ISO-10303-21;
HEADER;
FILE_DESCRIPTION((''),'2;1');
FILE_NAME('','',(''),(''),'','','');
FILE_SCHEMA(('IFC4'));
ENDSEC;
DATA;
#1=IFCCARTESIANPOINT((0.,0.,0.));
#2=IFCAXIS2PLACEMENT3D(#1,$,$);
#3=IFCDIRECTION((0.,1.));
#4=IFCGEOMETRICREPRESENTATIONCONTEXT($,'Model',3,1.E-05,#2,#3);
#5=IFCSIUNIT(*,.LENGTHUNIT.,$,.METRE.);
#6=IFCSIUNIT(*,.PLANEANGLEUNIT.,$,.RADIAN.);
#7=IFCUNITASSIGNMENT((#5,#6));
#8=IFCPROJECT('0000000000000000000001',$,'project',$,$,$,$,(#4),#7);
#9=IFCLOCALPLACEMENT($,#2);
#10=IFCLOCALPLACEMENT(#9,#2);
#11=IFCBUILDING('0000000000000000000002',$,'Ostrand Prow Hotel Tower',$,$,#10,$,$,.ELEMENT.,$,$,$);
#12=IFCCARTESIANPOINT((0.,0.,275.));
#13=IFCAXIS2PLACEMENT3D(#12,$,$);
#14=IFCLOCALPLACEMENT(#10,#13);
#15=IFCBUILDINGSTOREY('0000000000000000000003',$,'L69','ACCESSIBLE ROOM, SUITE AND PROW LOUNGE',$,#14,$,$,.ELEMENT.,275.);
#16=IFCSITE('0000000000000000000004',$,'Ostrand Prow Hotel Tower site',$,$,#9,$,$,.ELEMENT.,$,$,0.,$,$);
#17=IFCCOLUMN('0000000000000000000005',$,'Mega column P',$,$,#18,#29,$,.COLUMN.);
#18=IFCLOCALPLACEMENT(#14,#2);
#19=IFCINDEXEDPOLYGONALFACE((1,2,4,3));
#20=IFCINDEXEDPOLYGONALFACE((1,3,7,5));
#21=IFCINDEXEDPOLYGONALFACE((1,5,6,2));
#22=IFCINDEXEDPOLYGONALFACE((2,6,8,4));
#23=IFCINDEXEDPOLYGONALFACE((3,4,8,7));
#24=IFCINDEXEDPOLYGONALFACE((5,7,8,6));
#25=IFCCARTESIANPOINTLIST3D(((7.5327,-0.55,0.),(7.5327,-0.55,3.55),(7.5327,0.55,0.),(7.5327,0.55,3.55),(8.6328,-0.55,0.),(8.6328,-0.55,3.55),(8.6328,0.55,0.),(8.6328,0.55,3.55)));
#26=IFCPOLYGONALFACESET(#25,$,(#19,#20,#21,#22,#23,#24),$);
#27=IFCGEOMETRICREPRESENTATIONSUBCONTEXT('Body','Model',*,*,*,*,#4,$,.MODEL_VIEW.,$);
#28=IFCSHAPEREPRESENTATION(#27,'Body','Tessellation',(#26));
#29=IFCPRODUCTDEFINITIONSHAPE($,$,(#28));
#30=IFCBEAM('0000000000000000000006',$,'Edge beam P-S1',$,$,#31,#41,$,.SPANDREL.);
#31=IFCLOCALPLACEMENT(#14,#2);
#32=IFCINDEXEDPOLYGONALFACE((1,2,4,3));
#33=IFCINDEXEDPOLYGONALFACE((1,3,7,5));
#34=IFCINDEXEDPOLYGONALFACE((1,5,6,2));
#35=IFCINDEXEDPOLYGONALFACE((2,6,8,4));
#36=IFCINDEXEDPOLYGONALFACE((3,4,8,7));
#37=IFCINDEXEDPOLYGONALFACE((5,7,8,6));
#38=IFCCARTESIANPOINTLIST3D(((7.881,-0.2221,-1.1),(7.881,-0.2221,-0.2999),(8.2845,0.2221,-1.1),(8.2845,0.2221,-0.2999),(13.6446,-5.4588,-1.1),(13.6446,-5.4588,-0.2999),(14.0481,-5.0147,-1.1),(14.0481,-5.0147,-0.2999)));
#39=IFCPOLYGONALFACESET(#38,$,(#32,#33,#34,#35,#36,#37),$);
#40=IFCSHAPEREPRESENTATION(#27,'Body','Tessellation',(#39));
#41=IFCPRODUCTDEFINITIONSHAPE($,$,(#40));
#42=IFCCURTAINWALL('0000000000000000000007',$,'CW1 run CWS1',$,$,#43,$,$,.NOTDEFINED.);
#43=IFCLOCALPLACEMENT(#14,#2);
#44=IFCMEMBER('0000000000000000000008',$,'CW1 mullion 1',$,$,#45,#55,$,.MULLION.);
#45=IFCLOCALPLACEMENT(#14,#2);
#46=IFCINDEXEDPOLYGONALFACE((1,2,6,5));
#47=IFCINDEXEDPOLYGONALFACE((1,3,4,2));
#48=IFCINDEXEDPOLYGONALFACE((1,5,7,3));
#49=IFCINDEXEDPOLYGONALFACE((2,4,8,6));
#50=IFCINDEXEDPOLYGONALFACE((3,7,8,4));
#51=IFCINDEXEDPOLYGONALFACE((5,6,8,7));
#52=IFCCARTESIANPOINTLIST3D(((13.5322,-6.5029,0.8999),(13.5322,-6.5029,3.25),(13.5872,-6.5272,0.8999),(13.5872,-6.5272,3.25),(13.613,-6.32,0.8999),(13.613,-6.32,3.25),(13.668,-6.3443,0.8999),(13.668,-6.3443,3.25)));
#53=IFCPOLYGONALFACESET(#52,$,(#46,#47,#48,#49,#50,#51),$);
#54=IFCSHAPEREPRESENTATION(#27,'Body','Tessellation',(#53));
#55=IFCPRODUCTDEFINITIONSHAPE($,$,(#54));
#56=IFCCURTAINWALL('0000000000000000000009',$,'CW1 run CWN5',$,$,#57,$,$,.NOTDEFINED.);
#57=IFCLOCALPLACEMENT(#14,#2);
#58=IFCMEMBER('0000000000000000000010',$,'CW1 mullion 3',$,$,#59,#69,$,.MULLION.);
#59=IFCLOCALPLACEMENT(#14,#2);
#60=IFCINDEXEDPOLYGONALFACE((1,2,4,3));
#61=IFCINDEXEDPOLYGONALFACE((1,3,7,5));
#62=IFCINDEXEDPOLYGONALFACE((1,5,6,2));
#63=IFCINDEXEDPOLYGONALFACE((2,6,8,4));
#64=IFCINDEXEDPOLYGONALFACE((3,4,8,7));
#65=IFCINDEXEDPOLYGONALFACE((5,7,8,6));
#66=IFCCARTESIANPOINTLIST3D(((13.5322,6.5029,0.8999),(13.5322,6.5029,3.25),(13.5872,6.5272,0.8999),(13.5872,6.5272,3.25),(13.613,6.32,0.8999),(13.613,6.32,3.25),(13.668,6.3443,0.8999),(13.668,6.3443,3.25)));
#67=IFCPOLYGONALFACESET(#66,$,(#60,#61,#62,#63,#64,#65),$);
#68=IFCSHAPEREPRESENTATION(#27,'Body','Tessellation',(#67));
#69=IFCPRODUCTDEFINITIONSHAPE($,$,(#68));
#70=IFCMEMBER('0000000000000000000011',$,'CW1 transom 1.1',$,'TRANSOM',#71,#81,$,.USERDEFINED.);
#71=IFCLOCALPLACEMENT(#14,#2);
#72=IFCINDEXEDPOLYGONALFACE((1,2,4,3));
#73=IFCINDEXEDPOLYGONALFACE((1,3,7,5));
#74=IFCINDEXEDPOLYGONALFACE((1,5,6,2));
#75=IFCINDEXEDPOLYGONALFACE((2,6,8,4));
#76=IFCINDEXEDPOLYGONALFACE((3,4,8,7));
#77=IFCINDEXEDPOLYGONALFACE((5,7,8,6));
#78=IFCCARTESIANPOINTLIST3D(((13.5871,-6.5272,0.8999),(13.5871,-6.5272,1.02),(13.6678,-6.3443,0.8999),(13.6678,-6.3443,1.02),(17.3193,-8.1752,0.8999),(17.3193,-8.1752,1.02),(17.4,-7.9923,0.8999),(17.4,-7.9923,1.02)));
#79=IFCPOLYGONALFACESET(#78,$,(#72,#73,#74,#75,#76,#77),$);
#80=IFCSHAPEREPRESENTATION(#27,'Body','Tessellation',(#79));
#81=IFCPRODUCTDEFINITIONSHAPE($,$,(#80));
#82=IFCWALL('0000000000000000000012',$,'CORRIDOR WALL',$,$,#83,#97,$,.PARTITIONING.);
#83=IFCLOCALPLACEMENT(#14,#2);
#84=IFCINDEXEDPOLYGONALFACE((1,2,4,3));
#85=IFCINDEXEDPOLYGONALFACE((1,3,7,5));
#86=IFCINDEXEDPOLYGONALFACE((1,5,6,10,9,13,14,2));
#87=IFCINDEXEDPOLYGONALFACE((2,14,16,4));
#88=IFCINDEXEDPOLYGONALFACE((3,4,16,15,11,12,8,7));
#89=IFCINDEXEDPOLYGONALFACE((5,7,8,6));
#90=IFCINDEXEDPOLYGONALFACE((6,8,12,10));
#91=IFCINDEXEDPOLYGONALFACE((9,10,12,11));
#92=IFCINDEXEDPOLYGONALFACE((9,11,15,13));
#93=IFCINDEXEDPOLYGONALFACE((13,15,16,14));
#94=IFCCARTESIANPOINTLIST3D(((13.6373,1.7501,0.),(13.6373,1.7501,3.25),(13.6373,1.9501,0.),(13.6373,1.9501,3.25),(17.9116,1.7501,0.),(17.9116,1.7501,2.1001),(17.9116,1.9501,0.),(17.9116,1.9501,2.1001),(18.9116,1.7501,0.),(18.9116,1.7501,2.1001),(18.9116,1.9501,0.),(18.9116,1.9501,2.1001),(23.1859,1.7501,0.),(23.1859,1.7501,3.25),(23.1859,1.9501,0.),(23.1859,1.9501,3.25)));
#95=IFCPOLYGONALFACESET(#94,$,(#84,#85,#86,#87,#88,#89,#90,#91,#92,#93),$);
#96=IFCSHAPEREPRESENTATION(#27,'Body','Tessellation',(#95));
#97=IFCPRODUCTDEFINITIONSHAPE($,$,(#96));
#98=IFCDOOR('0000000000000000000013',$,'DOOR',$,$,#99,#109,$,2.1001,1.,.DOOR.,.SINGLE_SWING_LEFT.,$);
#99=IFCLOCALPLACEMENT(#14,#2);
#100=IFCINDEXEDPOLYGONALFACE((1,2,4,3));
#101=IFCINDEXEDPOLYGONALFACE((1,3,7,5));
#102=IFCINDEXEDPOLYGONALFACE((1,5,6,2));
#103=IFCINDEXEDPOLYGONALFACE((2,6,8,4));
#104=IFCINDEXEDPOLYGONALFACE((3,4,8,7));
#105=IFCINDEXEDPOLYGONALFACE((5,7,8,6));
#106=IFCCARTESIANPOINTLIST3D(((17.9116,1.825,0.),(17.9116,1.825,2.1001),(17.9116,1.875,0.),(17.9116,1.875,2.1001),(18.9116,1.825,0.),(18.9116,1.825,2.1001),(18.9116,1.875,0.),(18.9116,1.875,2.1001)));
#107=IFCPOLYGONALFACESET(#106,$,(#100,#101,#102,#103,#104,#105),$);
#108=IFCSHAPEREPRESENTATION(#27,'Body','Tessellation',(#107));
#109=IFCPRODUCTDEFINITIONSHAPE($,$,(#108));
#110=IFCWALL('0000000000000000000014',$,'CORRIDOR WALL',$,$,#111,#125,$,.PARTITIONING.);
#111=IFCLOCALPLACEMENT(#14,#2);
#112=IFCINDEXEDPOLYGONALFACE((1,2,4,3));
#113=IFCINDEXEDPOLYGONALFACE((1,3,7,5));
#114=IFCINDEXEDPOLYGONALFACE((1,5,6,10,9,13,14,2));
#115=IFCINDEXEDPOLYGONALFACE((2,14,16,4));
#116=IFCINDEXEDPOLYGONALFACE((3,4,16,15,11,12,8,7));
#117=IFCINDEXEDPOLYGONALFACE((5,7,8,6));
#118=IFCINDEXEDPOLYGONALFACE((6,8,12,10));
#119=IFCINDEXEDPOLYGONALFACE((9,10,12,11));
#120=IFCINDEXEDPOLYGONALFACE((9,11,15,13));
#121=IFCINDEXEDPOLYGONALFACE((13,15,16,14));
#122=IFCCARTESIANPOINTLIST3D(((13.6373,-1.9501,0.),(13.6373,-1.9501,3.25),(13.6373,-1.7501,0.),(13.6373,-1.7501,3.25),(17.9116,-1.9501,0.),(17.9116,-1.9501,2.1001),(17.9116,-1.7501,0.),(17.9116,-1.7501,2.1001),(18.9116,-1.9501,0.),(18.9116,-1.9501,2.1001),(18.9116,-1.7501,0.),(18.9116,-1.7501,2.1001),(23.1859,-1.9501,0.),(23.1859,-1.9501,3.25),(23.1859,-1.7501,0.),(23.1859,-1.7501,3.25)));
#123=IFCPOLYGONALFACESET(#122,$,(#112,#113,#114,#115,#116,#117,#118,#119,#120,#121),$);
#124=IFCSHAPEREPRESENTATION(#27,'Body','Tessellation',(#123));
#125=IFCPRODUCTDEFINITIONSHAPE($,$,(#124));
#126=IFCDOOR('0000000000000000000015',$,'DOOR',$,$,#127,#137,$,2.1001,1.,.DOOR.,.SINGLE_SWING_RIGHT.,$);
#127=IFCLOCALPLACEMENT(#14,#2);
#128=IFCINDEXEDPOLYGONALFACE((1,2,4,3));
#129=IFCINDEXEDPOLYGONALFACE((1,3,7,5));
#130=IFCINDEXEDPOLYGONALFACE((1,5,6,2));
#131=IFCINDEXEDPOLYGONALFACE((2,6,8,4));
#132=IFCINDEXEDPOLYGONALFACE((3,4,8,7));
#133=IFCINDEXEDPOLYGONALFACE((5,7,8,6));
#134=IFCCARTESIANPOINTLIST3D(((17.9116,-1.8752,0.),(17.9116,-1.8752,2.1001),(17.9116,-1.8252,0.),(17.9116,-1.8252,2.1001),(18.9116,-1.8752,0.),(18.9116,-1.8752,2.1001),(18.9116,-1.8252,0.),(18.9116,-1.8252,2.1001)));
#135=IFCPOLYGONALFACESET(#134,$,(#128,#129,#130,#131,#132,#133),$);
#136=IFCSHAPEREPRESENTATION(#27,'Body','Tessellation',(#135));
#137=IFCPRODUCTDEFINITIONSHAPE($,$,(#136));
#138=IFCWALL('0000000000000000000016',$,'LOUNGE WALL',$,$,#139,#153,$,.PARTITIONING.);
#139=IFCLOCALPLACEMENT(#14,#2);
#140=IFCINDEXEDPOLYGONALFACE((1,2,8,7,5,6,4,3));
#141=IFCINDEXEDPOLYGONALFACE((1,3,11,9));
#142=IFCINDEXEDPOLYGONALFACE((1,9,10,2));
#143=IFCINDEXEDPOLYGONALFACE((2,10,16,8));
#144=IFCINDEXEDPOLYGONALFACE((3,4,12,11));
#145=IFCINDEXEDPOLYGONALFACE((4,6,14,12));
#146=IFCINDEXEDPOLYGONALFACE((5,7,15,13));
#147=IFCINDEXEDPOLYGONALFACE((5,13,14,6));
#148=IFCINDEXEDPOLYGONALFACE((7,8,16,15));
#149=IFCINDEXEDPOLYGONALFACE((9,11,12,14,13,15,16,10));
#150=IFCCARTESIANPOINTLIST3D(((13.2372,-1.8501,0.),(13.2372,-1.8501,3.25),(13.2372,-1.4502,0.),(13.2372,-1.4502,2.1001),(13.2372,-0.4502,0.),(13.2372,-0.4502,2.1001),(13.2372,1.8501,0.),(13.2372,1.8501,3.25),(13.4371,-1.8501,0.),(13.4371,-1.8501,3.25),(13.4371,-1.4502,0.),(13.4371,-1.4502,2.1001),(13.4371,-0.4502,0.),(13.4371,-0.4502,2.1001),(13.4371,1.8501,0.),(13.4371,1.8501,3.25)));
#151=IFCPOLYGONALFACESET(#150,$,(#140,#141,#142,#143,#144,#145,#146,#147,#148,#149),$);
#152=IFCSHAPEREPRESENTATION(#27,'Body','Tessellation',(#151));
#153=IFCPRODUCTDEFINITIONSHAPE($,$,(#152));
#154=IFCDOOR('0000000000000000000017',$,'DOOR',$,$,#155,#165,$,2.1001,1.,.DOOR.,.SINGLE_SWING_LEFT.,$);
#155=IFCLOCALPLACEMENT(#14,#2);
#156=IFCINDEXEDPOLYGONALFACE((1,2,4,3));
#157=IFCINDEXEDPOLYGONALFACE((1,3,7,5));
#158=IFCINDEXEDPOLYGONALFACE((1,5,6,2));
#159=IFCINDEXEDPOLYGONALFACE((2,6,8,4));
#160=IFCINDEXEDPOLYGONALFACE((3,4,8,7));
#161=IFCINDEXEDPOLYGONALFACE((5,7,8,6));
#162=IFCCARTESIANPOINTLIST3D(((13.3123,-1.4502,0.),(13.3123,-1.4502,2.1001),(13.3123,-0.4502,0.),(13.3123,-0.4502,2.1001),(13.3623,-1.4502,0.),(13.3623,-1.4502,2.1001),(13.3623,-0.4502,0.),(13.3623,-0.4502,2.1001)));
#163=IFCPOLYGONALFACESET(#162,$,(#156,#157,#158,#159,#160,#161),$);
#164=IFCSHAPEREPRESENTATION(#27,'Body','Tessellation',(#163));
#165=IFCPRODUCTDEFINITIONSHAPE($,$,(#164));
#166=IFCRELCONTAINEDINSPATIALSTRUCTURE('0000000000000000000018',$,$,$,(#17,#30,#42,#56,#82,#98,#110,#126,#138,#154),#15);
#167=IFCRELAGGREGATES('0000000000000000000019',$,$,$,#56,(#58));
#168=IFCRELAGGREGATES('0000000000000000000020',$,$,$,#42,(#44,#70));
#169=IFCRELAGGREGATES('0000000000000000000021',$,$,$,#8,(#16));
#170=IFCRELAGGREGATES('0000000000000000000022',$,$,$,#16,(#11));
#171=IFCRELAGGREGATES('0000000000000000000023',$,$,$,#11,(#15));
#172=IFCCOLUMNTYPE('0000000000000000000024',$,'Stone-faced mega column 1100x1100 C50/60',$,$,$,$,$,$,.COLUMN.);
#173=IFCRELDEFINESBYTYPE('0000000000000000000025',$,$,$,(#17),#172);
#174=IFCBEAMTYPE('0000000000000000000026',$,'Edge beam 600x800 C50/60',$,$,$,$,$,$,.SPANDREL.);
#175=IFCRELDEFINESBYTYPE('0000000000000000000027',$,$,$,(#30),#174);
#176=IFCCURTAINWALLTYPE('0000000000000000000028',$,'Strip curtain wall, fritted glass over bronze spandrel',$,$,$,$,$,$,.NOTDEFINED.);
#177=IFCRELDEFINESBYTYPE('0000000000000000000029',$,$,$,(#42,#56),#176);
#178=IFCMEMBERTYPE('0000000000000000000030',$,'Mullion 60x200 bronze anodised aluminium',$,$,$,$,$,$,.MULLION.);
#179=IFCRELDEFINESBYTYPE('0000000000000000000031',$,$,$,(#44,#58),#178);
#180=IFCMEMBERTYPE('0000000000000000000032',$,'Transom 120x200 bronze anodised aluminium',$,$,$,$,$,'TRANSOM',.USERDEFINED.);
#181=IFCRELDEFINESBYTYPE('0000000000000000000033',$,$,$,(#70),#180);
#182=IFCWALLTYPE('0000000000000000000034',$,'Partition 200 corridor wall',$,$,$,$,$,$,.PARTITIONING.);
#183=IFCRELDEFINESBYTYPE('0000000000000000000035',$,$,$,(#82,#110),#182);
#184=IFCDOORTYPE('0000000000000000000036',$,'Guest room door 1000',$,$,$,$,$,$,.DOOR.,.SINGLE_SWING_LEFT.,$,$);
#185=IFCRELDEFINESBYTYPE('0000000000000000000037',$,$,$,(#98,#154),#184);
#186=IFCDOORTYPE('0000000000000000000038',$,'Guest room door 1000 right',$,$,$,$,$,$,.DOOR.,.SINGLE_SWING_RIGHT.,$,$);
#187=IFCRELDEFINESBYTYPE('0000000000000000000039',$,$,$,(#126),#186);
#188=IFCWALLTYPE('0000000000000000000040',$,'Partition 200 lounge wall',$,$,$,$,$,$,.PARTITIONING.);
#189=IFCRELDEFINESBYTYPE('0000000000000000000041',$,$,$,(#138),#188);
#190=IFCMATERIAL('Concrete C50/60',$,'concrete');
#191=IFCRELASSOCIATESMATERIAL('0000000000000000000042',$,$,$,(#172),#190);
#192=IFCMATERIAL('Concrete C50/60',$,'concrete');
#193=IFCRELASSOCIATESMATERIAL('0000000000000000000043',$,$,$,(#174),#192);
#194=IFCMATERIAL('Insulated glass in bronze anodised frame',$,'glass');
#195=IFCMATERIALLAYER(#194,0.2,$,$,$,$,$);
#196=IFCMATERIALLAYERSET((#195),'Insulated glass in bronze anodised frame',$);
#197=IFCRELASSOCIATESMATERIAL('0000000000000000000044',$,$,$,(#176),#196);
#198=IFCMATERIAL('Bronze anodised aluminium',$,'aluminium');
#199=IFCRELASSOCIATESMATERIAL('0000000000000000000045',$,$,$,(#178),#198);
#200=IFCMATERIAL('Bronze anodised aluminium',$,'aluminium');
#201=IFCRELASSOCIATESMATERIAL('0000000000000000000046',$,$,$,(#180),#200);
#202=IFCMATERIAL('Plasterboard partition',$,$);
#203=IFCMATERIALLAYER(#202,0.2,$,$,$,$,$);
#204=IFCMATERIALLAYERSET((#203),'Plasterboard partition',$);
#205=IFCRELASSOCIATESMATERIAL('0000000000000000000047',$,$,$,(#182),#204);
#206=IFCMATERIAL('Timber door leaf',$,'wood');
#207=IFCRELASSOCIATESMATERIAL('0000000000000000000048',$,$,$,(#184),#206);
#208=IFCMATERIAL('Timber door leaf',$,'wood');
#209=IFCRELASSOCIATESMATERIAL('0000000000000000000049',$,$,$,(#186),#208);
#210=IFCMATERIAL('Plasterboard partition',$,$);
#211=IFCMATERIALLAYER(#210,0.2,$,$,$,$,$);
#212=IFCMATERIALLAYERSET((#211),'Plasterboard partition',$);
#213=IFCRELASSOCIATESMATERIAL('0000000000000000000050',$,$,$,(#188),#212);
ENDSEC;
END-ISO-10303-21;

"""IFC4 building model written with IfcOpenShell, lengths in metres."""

from ifc_helpers import new_model, si_unit, direction, frame, frame_2d, origin, origin_2d, place, context, subcontext, project, spatial, rectangle, extrude, material, layer, layer_set, material_profile, profile_set, type_object, element, fill, aggregate, save


model = new_model("IFC4")

# Units and contexts
model_context = context("Model", 3, precision=1e-05, world=origin(), true_north=direction((0.0, 1.0)))
body_context = subcontext(model_context, "Body", "Model", "MODEL_VIEW")
ifc_project = project(units=[si_unit("LENGTHUNIT", "METRE"), si_unit("PLANEANGLEUNIT", "RADIAN")], contexts=[model_context])

# Site, building, storey
site_placement = place(None, origin())
site = spatial("IfcSite", under=ifc_project, at=site_placement, Name="Ostrand Prow Hotel Tower site", CompositionType="ELEMENT", RefElevation=0.0)
building_placement = place(site_placement, origin())
building = spatial("IfcBuilding", under=site, at=building_placement, Name="Ostrand Prow Hotel Tower", CompositionType="ELEMENT")
storey_placement = place(building_placement, frame((0.0, 0.0, 275.0)))
storey = spatial("IfcBuildingStorey", under=building, at=storey_placement, Name="L69", Description="ACCESSIBLE ROOM, SUITE AND PROW LOUNGE", CompositionType="ELEMENT", Elevation=275.0)

# Column
ifc_material_1 = material(Name="Concrete C50/60", Category="concrete")
ifc_material_profile_1 = material_profile(ifc_material_1, rectangle(XDim=1.1001, YDim=1.1001, at=origin_2d()), Name="RC 1100x1100")
ifc_profile_set_1 = profile_set([ifc_material_profile_1], Name="Concrete C50/60")
column_type = type_object("IfcColumnType", Name="Stone-faced mega column 1100x1100 C50/60", PredefinedType="COLUMN", material=ifc_profile_set_1)
column_placement = place(storey_placement, frame((8.0828, 0.0, 0.0), z_axis=(0.0, 0.0, 1.0), x_axis=(1.0, 0.0, 0.0)))
element("IfcColumn", 1, at=column_placement, inside=storey, type_object=column_type, Name="Mega column P", PredefinedType="COLUMN", context=body_context, shape_type="SweptSolid", body=[
    extrude(rectangle(XDim=1.1001, YDim=1.1001, at=origin_2d()), origin(), (0.0, 0.0, 1.0), 3.55),
])

# Beam
ifc_material_2 = material(Name="Concrete C50/60", Category="concrete")
ifc_material_profile_2 = material_profile(ifc_material_2, rectangle(XDim=0.6001, YDim=0.8, at=origin_2d()), Name="RC 600x800")
ifc_profile_set_2 = profile_set([ifc_material_profile_2], Name="Concrete C50/60")
beam_type = type_object("IfcBeamType", Name="Edge beam 600x800 C50/60", PredefinedType="SPANDREL", material=ifc_profile_set_2)
beam_placement = place(storey_placement, frame((8.0828, 0.0, -0.7), z_axis=(0.740124, -0.67247, 0.0), x_axis=(0.67247, 0.740124, 0.0)))
element("IfcBeam", 2, at=beam_placement, inside=storey, type_object=beam_type, Name="Edge beam P-S1", PredefinedType="SPANDREL", context=body_context, shape_type="SweptSolid", body=[
    extrude(rectangle(XDim=0.6001, YDim=0.8, at=origin_2d()), origin(), (0.0, 0.0, 1.0), 7.7874),
])

# Curtain walls, members
ifc_material_3 = material(Name="Insulated glass in bronze anodised frame", Category="glass")
ifc_layer_1 = layer(ifc_material_3, 0.2)
ifc_layer_set_1 = layer_set([ifc_layer_1], Name="Insulated glass in bronze anodised frame")
curtain_wall_type = type_object("IfcCurtainWallType", Name="Strip curtain wall, fritted glass over bronze spandrel", PredefinedType="NOTDEFINED", material=ifc_layer_set_1)
curtain_wall_1_placement = place(storey_placement, origin())
curtain_wall_1 = element("IfcCurtainWall", 3, at=curtain_wall_1_placement, inside=storey, type_object=curtain_wall_type, Name="CW1 run CWS1", PredefinedType="NOTDEFINED")
ifc_material_4 = material(Name="Bronze anodised aluminium", Category="aluminium")
ifc_material_profile_3 = material_profile(ifc_material_4, rectangle(XDim=0.2, YDim=0.0601, at=origin_2d()), Name="Mullion 60x200 bronze anodised aluminium")
ifc_profile_set_3 = profile_set([ifc_material_profile_3], Name="Bronze anodised aluminium")
member_type_1 = type_object("IfcMemberType", Name="Mullion 60x200 bronze anodised aluminium", PredefinedType="MULLION", material=ifc_profile_set_3)
member_1_placement = place(storey_placement, frame((13.6001, -6.4236, 0.8999), z_axis=(0.0, 0.0, 1.0), x_axis=(0.40394, 0.914786, 0.0)))
member_1 = element("IfcMember", 4, at=member_1_placement, type_object=member_type_1, Name="CW1 mullion 1", PredefinedType="MULLION", context=body_context, shape_type="SweptSolid", body=[
    extrude(rectangle(XDim=0.2, YDim=0.0601, at=origin_2d()), origin(), (0.0, 0.0, 1.0), 2.3501),
])
curtain_wall_2_placement = place(storey_placement, origin())
curtain_wall_2 = element("IfcCurtainWall", 5, at=curtain_wall_2_placement, inside=storey, type_object=curtain_wall_type, Name="CW1 run CWN5", PredefinedType="NOTDEFINED")
member_2_placement = place(storey_placement, frame((13.6001, 6.4236, 0.8999), z_axis=(0.0, 0.0, 1.0), x_axis=(0.40394, -0.914786, 0.0)))
member_2 = element("IfcMember", 6, at=member_2_placement, type_object=member_type_1, Name="CW1 mullion 3", PredefinedType="MULLION", context=body_context, shape_type="SweptSolid", body=[
    extrude(rectangle(XDim=0.2, YDim=0.0601, at=origin_2d()), origin(), (0.0, 0.0, 1.0), 2.3501),
])
aggregate(curtain_wall_2, [member_2])

# Member
ifc_material_5 = material(Name="Bronze anodised aluminium", Category="aluminium")
ifc_material_profile_4 = material_profile(ifc_material_5, rectangle(XDim=0.2, YDim=0.1201, at=origin_2d()), Name="Transom 120x200 bronze anodised aluminium")
ifc_profile_set_4 = profile_set([ifc_material_profile_4], Name="Bronze anodised aluminium")
member_type_2 = type_object("IfcMemberType", Name="Transom 120x200 bronze anodised aluminium", ElementType="TRANSOM", PredefinedType="USERDEFINED", material=ifc_profile_set_4)
member_3_placement = place(storey_placement, frame((13.6274, -6.4358, 0.96), z_axis=(0.914791, -0.403927, 0.0), x_axis=(0.403927, 0.914791, 0.0)))
member_3 = element("IfcMember", 7, at=member_3_placement, type_object=member_type_2, Name="CW1 transom 1.1", ObjectType="TRANSOM", PredefinedType="USERDEFINED", context=body_context, shape_type="SweptSolid", body=[
    extrude(rectangle(XDim=0.2, YDim=0.1201, at=origin_2d()), origin(), (0.0, 0.0, 1.0), 4.0798),
])
aggregate(curtain_wall_1, [member_1, member_3])

# Walls, openings, doors
ifc_material_6 = material(Name="Plasterboard partition")
ifc_layer_2 = layer(ifc_material_6, 0.2)
ifc_layer_set_2 = layer_set([ifc_layer_2], Name="Plasterboard partition")
wall_type_1 = type_object("IfcWallType", Name="Partition 200 corridor wall", PredefinedType="PARTITIONING", material=ifc_layer_set_2)
wall_1_placement = place(storey_placement, frame((13.6372, 1.8501, 0.0), z_axis=(0.0, 0.0, 1.0), x_axis=(1.0, 0.0, 0.0)))
wall_1 = element("IfcWall", 8, at=wall_1_placement, inside=storey, type_object=wall_type_1, Name="CORRIDOR WALL", PredefinedType="PARTITIONING", context=body_context, shape_type="SweptSolid", body=[
    extrude(rectangle(XDim=9.5486, YDim=0.2, at=frame_2d((4.7744, 0.0))), origin(), (0.0, 0.0, 1.0), 3.25),
])
opening_1_placement = place(wall_1_placement, frame((4.2744, 0.0, 0.0)))
opening_1 = element("IfcOpeningElement", 9, at=opening_1_placement, cuts=wall_1, PredefinedType="OPENING", context=body_context, shape_type="SweptSolid", body=[
    extrude(rectangle(XDim=1.0, YDim=2.1001, at=frame_2d((0.5, 1.05))), frame((0.0, 0.1099, 0.0), z_axis=(0.0, -1.0, 0.0), x_axis=(1.0, 0.0, 0.0)), (0.0, 0.0, 1.0), 0.22),
])
ifc_material_7 = material(Name="Timber door leaf", Category="wood")
door_type_1 = type_object("IfcDoorType", Name="Guest room door 1000", OperationType="SINGLE_SWING_LEFT", PredefinedType="DOOR", material=ifc_material_7)
door_1_placement = place(opening_1_placement, origin())
door_1 = element("IfcDoor", 10, at=door_1_placement, inside=storey, type_object=door_type_1, Name="DOOR", OperationType="SINGLE_SWING_LEFT", OverallHeight=2.1001, OverallWidth=1.0, PredefinedType="DOOR", context=body_context, shape_type="SweptSolid", body=[
    extrude(rectangle(XDim=1.0, YDim=2.1001, at=frame_2d((0.5, 1.05))), frame((0.0, 0.0249, 0.0), z_axis=(0.0, -1.0, 0.0), x_axis=(1.0, 0.0, 0.0)), (0.0, 0.0, 1.0), 0.05),
])
fill(opening_1, door_1)
wall_2_placement = place(storey_placement, frame((13.6372, -1.8501, 0.0), z_axis=(0.0, 0.0, 1.0), x_axis=(1.0, 0.0, 0.0)))
wall_2 = element("IfcWall", 11, at=wall_2_placement, inside=storey, type_object=wall_type_1, Name="CORRIDOR WALL", PredefinedType="PARTITIONING", context=body_context, shape_type="SweptSolid", body=[
    extrude(rectangle(XDim=9.5486, YDim=0.2, at=frame_2d((4.7744, 0.0))), origin(), (0.0, 0.0, 1.0), 3.25),
])
opening_2_placement = place(wall_2_placement, frame((4.2744, 0.0, 0.0)))
opening_2 = element("IfcOpeningElement", 12, at=opening_2_placement, cuts=wall_2, PredefinedType="OPENING", context=body_context, shape_type="SweptSolid", body=[
    extrude(rectangle(XDim=1.0, YDim=2.1001, at=frame_2d((0.5, 1.05))), frame((0.0, 0.1099, 0.0), z_axis=(0.0, -1.0, 0.0), x_axis=(1.0, 0.0, 0.0)), (0.0, 0.0, 1.0), 0.22),
])
ifc_material_8 = material(Name="Timber door leaf", Category="wood")
door_type_2 = type_object("IfcDoorType", Name="Guest room door 1000 right", OperationType="SINGLE_SWING_RIGHT", PredefinedType="DOOR", material=ifc_material_8)
door_2_placement = place(opening_2_placement, origin())
door_2 = element("IfcDoor", 13, at=door_2_placement, inside=storey, type_object=door_type_2, Name="DOOR", OperationType="SINGLE_SWING_RIGHT", OverallHeight=2.1001, OverallWidth=1.0, PredefinedType="DOOR", context=body_context, shape_type="SweptSolid", body=[
    extrude(rectangle(XDim=1.0, YDim=2.1001, at=frame_2d((0.5, 1.05))), frame((0.0, 0.0249, 0.0), z_axis=(0.0, -1.0, 0.0), x_axis=(1.0, 0.0, 0.0)), (0.0, 0.0, 1.0), 0.05),
])
fill(opening_2, door_2)
ifc_material_9 = material(Name="Plasterboard partition")
ifc_layer_3 = layer(ifc_material_9, 0.2)
ifc_layer_set_3 = layer_set([ifc_layer_3], Name="Plasterboard partition")
wall_type_2 = type_object("IfcWallType", Name="Partition 200 lounge wall", PredefinedType="PARTITIONING", material=ifc_layer_set_3)
wall_3_placement = place(storey_placement, frame((13.3372, -1.8501, 0.0), z_axis=(0.0, 0.0, 1.0), x_axis=(0.0, 1.0, 0.0)))
wall_3 = element("IfcWall", 14, at=wall_3_placement, inside=storey, type_object=wall_type_2, Name="LOUNGE WALL", PredefinedType="PARTITIONING", context=body_context, shape_type="SweptSolid", body=[
    extrude(rectangle(XDim=3.7002, YDim=0.2, at=frame_2d((1.8501, 0.0))), origin(), (0.0, 0.0, 1.0), 3.25),
])
opening_3_placement = place(wall_3_placement, frame((0.3999, 0.0, 0.0)))
opening_3 = element("IfcOpeningElement", 15, at=opening_3_placement, cuts=wall_3, PredefinedType="OPENING", context=body_context, shape_type="SweptSolid", body=[
    extrude(rectangle(XDim=1.0, YDim=2.1001, at=frame_2d((0.5, 1.05))), frame((0.0, 0.1099, 0.0), z_axis=(0.0, -1.0, 0.0), x_axis=(1.0, 0.0, 0.0)), (0.0, 0.0, 1.0), 0.22),
])
door_3_placement = place(opening_3_placement, origin())
door_3 = element("IfcDoor", 16, at=door_3_placement, inside=storey, type_object=door_type_1, Name="DOOR", OperationType="SINGLE_SWING_LEFT", OverallHeight=2.1001, OverallWidth=1.0, PredefinedType="DOOR", context=body_context, shape_type="SweptSolid", body=[
    extrude(rectangle(XDim=1.0, YDim=2.1001, at=frame_2d((0.5, 1.05))), frame((0.0, 0.0249, 0.0), z_axis=(0.0, -1.0, 0.0), x_axis=(1.0, 0.0, 0.0)), (0.0, 0.0, 1.0), 0.05),
])
fill(opening_3, door_3)

save(model, "model.ifc")
